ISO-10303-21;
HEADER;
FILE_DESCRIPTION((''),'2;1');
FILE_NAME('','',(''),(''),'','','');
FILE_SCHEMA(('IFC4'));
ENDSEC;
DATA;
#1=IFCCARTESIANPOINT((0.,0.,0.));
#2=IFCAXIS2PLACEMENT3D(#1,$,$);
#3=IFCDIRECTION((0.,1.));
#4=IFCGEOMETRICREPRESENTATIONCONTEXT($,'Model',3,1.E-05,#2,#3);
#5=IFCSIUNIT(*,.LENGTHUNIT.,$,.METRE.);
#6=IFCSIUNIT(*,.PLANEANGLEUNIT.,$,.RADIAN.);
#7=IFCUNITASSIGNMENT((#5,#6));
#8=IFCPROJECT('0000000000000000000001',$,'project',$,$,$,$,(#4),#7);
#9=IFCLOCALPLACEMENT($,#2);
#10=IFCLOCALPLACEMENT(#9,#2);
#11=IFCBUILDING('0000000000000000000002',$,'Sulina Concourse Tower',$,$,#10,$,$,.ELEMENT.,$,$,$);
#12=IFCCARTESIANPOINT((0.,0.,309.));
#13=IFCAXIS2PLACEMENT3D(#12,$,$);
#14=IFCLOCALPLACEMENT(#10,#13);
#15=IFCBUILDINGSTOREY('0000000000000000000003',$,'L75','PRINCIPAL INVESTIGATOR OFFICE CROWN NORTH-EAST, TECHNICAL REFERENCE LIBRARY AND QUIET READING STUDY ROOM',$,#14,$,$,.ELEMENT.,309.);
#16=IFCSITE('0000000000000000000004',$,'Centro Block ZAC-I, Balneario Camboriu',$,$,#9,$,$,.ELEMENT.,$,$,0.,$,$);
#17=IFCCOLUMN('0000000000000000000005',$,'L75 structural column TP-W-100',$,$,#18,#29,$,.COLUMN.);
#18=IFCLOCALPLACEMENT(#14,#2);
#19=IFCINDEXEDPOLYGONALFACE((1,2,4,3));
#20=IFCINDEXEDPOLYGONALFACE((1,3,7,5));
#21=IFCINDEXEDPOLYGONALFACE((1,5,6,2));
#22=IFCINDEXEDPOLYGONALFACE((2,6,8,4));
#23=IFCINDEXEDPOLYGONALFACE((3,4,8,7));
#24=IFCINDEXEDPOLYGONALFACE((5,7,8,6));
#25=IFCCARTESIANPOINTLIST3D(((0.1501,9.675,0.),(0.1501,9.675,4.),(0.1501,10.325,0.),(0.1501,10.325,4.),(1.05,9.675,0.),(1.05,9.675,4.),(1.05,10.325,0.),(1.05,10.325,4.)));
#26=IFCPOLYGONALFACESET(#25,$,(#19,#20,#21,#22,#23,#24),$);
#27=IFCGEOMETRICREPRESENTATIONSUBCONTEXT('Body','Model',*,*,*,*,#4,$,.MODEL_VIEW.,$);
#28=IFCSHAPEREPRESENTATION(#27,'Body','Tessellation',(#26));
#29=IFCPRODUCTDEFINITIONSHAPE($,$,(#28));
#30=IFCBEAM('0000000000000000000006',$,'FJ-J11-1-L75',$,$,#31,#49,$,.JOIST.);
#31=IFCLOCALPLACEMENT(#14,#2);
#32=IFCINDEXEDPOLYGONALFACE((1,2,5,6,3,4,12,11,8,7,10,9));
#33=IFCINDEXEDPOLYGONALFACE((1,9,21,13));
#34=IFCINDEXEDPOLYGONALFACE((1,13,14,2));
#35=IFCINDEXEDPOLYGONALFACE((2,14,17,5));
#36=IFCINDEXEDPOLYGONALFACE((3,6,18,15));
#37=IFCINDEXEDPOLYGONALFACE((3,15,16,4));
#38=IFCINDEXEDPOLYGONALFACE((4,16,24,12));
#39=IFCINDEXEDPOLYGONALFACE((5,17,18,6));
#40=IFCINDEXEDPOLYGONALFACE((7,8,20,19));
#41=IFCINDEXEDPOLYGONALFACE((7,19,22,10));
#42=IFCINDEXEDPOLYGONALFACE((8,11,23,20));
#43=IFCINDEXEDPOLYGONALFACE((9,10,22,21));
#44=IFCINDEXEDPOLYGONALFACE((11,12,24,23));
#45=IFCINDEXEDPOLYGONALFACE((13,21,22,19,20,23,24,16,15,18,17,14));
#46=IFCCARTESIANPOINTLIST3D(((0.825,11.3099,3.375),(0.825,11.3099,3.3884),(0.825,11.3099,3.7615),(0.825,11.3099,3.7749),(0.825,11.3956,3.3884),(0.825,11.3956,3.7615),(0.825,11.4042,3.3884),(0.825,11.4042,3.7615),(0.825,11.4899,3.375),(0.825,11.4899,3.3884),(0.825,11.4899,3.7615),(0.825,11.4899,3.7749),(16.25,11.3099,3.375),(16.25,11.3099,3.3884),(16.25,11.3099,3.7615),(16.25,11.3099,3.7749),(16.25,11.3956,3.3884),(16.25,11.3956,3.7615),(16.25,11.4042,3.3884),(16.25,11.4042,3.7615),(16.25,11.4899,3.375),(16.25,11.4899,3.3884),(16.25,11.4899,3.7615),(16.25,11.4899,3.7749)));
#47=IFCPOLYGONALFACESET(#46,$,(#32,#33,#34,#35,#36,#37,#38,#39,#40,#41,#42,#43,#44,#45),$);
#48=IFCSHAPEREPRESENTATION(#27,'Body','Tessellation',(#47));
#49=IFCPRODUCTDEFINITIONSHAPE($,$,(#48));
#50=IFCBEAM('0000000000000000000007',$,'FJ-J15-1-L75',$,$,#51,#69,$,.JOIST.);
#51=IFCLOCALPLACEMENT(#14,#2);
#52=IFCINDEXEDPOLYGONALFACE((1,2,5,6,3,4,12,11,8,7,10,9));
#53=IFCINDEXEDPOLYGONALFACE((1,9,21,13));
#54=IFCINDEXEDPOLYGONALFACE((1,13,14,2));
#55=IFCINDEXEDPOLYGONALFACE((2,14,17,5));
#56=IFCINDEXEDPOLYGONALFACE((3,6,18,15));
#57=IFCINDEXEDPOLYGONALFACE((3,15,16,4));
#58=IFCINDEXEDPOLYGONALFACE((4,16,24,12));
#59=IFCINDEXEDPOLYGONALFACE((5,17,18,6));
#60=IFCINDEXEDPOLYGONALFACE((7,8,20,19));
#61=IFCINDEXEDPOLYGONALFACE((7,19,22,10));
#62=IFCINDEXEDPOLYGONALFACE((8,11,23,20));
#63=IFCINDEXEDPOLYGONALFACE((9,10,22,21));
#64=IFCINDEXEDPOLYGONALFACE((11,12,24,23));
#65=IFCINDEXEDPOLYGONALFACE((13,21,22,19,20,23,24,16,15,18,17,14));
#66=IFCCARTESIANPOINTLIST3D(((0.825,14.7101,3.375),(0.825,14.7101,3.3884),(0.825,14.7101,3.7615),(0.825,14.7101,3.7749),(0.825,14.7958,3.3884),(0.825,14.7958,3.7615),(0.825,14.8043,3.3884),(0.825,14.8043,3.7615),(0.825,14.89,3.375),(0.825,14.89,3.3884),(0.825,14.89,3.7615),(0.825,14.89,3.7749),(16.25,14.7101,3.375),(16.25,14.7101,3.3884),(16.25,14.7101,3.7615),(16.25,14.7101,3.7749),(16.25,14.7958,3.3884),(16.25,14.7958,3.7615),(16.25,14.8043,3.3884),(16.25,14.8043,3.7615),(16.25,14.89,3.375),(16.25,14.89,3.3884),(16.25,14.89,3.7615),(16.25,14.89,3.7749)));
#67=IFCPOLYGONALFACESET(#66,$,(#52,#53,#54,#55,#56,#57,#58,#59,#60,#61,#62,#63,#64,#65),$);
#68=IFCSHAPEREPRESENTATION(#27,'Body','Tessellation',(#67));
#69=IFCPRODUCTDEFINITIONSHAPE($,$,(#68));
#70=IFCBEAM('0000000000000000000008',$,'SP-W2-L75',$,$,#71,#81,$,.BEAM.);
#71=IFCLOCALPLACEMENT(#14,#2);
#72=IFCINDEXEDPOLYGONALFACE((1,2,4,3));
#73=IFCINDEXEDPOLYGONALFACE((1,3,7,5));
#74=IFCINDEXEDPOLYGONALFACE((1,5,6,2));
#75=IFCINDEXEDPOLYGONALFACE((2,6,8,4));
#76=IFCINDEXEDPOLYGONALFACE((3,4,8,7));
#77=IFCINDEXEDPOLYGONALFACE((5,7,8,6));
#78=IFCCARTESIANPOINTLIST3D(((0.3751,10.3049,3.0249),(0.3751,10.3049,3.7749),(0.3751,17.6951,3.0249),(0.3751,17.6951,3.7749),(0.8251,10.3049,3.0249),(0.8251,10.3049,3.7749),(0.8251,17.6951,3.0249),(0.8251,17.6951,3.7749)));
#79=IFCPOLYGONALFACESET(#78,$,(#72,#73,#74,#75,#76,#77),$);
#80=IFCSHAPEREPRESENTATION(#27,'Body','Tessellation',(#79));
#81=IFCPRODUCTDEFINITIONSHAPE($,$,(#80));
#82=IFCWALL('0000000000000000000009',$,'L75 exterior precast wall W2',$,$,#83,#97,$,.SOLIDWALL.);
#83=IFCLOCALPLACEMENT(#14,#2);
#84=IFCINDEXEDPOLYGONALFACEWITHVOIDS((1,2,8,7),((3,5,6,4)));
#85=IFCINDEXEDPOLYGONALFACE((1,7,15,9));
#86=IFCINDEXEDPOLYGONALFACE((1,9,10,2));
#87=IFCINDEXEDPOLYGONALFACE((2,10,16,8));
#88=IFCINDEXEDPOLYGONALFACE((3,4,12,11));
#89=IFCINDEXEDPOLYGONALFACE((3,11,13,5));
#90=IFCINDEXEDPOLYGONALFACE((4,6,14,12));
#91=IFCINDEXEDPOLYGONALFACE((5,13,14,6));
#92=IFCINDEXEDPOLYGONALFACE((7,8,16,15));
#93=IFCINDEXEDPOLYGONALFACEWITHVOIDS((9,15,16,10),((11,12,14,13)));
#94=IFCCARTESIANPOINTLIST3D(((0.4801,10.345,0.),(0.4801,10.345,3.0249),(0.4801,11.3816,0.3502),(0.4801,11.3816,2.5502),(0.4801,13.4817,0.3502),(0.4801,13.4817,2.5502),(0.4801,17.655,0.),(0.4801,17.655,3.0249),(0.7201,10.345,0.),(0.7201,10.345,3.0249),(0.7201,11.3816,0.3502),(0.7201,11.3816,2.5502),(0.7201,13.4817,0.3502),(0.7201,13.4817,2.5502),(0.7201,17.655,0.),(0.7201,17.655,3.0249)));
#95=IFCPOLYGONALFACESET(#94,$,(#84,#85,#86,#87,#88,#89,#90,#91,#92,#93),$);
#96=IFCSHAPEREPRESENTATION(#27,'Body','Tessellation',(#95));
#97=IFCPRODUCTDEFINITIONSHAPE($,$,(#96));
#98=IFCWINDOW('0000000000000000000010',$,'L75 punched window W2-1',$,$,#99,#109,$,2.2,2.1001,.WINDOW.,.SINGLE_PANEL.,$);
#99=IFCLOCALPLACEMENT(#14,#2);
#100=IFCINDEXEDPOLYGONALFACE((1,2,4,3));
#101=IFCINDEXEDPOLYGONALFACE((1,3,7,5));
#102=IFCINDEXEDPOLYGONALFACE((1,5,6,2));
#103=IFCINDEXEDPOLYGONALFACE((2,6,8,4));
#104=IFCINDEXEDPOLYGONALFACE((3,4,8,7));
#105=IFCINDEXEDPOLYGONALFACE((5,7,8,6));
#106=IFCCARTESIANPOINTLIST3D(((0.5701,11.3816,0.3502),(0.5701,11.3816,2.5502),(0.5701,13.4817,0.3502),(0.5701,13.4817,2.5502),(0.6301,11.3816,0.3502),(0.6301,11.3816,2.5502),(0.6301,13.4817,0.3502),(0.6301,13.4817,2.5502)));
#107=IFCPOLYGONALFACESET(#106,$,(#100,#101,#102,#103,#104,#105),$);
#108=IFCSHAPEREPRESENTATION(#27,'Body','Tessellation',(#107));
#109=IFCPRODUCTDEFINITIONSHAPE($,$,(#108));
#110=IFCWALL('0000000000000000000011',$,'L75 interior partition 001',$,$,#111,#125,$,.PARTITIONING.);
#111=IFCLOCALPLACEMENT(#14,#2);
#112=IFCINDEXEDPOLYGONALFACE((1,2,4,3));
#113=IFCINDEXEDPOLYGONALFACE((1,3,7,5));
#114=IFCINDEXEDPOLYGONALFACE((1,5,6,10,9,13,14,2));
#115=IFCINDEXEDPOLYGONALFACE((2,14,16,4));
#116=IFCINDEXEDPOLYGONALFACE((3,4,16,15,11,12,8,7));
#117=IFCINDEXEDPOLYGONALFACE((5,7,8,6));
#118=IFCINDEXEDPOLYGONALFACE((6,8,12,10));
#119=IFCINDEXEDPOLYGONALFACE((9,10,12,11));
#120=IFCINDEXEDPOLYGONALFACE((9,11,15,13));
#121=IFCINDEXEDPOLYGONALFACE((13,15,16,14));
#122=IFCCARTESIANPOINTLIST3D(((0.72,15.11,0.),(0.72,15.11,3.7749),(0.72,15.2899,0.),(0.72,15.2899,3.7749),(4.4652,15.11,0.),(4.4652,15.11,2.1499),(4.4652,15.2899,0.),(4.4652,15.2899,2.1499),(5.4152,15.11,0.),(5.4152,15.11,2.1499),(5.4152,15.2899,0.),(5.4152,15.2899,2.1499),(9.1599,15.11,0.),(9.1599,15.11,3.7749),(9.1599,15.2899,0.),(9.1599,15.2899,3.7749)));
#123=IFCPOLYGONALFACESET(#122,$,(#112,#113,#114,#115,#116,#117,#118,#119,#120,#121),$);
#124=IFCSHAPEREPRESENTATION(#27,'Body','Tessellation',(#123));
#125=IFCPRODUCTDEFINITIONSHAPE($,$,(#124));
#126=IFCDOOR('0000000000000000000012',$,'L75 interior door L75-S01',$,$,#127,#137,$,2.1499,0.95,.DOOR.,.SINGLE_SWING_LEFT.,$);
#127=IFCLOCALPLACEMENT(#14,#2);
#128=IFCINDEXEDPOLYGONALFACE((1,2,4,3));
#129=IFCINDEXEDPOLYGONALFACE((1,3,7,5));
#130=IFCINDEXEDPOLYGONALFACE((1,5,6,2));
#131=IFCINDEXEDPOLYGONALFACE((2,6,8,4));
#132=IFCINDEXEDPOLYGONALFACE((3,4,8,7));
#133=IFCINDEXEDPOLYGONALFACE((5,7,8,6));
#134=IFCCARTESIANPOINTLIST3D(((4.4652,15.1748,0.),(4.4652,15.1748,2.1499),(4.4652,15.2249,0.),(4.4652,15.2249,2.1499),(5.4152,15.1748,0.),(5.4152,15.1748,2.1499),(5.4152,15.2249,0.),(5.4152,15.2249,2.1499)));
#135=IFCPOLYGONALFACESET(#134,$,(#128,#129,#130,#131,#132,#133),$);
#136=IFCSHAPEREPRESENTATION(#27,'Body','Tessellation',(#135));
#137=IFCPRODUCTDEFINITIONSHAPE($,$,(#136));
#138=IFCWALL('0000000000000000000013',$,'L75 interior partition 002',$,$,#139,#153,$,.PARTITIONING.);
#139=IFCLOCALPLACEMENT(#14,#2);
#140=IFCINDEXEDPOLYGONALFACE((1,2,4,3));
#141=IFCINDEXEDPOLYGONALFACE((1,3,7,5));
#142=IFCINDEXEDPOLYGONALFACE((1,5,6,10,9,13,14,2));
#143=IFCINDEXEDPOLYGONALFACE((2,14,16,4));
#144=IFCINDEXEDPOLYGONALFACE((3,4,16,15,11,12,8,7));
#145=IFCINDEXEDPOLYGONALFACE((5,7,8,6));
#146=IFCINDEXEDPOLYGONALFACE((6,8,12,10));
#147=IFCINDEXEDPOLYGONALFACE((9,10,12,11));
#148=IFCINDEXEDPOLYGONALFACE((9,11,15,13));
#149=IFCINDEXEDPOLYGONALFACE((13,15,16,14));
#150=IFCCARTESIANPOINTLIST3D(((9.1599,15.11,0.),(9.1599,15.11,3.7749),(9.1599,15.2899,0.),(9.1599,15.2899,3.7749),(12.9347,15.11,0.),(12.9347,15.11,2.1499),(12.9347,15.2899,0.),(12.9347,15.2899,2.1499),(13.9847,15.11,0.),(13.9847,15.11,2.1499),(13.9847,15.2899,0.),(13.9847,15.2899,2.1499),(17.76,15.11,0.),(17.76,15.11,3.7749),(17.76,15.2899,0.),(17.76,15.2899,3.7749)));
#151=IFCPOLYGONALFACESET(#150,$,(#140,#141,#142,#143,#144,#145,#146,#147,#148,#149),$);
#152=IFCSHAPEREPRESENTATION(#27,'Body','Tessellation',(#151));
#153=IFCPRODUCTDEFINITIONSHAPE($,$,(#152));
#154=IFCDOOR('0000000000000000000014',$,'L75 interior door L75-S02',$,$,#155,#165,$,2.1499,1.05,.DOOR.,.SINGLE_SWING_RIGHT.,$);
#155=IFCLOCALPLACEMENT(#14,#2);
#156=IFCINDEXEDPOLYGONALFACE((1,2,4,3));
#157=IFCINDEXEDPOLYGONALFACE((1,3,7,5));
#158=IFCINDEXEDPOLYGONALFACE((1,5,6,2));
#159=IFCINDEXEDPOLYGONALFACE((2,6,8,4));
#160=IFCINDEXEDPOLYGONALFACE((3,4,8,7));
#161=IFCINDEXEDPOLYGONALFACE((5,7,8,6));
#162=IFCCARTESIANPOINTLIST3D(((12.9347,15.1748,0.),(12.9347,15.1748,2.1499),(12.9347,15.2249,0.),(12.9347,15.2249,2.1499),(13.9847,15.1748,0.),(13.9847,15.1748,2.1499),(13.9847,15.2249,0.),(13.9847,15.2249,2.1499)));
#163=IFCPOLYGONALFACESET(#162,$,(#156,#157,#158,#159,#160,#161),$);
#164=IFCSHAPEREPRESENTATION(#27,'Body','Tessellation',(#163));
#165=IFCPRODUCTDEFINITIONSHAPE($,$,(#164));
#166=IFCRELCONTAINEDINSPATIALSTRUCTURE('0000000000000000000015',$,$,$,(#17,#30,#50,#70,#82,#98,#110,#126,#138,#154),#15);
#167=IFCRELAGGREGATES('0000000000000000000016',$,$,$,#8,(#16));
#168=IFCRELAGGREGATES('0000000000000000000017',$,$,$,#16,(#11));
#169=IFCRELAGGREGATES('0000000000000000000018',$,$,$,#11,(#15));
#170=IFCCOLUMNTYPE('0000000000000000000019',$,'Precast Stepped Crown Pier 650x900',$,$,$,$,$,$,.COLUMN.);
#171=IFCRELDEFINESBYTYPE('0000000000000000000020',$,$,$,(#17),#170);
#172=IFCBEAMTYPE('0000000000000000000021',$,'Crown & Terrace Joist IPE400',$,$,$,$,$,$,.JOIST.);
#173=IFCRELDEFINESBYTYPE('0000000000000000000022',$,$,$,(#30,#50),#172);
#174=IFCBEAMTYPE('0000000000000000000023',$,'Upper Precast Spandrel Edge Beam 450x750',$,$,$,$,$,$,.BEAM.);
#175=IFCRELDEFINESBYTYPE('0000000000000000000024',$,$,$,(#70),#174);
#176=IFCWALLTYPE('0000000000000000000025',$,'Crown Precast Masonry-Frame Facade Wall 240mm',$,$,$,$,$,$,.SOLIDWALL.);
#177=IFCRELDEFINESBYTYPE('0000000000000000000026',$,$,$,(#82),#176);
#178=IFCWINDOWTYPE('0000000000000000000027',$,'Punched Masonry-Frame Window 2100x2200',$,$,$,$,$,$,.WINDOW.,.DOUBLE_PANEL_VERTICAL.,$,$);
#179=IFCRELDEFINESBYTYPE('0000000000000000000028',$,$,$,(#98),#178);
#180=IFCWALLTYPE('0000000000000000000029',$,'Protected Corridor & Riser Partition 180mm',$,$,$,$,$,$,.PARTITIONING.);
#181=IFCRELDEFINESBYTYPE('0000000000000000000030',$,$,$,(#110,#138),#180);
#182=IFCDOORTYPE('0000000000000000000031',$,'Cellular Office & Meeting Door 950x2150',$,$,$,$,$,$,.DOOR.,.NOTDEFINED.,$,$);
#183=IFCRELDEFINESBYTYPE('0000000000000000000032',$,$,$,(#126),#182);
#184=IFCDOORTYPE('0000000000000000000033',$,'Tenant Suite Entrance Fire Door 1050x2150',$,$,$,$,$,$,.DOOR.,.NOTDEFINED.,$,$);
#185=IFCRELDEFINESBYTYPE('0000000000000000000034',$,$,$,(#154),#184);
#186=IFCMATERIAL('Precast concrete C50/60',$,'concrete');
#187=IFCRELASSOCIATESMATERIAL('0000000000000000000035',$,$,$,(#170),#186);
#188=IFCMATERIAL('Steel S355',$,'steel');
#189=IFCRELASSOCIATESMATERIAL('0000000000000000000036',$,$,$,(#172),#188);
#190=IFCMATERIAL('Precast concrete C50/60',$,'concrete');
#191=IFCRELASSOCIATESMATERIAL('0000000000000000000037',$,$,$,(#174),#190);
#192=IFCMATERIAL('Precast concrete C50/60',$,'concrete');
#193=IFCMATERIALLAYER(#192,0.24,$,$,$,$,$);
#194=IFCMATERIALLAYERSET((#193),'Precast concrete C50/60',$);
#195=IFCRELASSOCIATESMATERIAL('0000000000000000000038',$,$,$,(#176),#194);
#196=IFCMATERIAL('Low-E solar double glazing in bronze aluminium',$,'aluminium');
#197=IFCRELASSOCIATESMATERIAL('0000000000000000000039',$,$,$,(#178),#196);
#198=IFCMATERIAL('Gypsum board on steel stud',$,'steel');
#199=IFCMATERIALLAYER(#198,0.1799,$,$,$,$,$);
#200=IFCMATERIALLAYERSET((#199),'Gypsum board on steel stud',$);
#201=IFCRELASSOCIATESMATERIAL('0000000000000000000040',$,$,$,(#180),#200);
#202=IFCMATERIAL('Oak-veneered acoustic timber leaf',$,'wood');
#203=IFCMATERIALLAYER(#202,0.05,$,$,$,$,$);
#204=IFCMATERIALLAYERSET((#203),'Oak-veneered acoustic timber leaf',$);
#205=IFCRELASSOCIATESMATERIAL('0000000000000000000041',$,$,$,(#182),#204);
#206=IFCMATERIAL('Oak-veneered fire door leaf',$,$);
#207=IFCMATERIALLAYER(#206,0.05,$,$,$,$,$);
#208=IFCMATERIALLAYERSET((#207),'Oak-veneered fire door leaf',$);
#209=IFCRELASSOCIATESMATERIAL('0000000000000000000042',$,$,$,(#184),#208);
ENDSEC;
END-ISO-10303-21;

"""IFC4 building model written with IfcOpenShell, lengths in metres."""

from ifc_helpers import new_model, si_unit, direction, frame, frame_2d, origin, origin_2d, place, context, subcontext, project, spatial, rectangle, i_section, extrude, material, layer, layer_set, material_profile, profile_set, type_object, element, fill, save


model = new_model("IFC4")

# Units and contexts
model_context = context("Model", 3, precision=1e-05, world=origin(), true_north=direction((0.0, 1.0)))
body_context = subcontext(model_context, "Body", "Model", "MODEL_VIEW")
ifc_project = project(units=[si_unit("LENGTHUNIT", "METRE"), si_unit("PLANEANGLEUNIT", "RADIAN")], contexts=[model_context])

# Site, building, storey
site_placement = place(None, origin())
site = spatial("IfcSite", under=ifc_project, at=site_placement, Name="Centro Block ZAC-I, Balneario Camboriu", CompositionType="ELEMENT", RefElevation=0.0)
building_placement = place(site_placement, origin())
building = spatial("IfcBuilding", under=site, at=building_placement, Name="Sulina Concourse Tower", CompositionType="ELEMENT")
storey_placement = place(building_placement, frame((0.0, 0.0, 309.0)))
storey = spatial("IfcBuildingStorey", under=building, at=storey_placement, Name="L75", Description="PRINCIPAL INVESTIGATOR OFFICE CROWN NORTH-EAST, TECHNICAL REFERENCE LIBRARY AND QUIET READING STUDY ROOM", CompositionType="ELEMENT", Elevation=309.0)

# Column
ifc_material_1 = material(Name="Precast concrete C50/60", Category="concrete")
ifc_material_profile_1 = material_profile(ifc_material_1, rectangle(XDim=0.6499, YDim=0.8999, at=origin_2d()), Name="PC 650x900")
ifc_profile_set_1 = profile_set([ifc_material_profile_1], Name="Precast concrete C50/60")
column_type = type_object("IfcColumnType", Name="Precast Stepped Crown Pier 650x900", PredefinedType="COLUMN", material=ifc_profile_set_1)
column_placement = place(storey_placement, frame((0.6001, 10.0, 0.0), z_axis=(0.0, 0.0, 1.0), x_axis=(0.0, 1.0, 0.0)))
element("IfcColumn", 1, at=column_placement, inside=storey, type_object=column_type, Name="L75 structural column TP-W-100", PredefinedType="COLUMN", context=body_context, shape_type="SweptSolid", body=[
    extrude(rectangle(XDim=0.6499, YDim=0.8999, at=origin_2d()), origin(), (0.0, 0.0, 1.0), 4.0),
])

# Beams
ifc_material_2 = material(Name="Steel S355", Category="steel")
ifc_material_profile_2 = material_profile(ifc_material_2, i_section(OverallWidth=0.1799, OverallDepth=0.3999, WebThickness=0.0085, FlangeThickness=0.0134, at=origin_2d()), Name="IPE 400")
ifc_profile_set_2 = profile_set([ifc_material_profile_2], Name="Steel S355")
beam_type_1 = type_object("IfcBeamType", Name="Crown & Terrace Joist IPE400", PredefinedType="JOIST", material=ifc_profile_set_2)
for number, where, z_axis, x_axis, name in (
    (2, (0.825, 11.3999, 3.575), (1.0, 0.0, 0.0), (0.0, 1.0, 0.0), "FJ-J11-1-L75"),
    (3, (0.825, 14.8, 3.575), (1.0, 0.0, 0.0), (0.0, 1.0, 0.0), "FJ-J15-1-L75"),
):
    element("IfcBeam", number, at=place(storey_placement, frame(where, z_axis=z_axis, x_axis=x_axis)), inside=storey, type_object=beam_type_1, Name=name, PredefinedType="JOIST", context=body_context, shape_type="SweptSolid", body=[
        extrude(i_section(OverallWidth=0.1799, OverallDepth=0.3999, WebThickness=0.0085, FlangeThickness=0.0134, at=origin_2d()), origin(), (0.0, 0.0, 1.0), 15.425),
    ])
ifc_material_3 = material(Name="Precast concrete C50/60", Category="concrete")
ifc_material_profile_3 = material_profile(ifc_material_3, rectangle(XDim=0.45, YDim=0.75, at=origin_2d()), Name="RC 450x750")
ifc_profile_set_3 = profile_set([ifc_material_profile_3], Name="Precast concrete C50/60")
beam_type_2 = type_object("IfcBeamType", Name="Upper Precast Spandrel Edge Beam 450x750", PredefinedType="BEAM", material=ifc_profile_set_3)
beam_placement = place(storey_placement, frame((0.6001, 10.3049, 3.3999), z_axis=(0.0, 1.0, 0.0), x_axis=(-1.0, 0.0, 0.0)))
element("IfcBeam", 4, at=beam_placement, inside=storey, type_object=beam_type_2, Name="SP-W2-L75", PredefinedType="BEAM", context=body_context, shape_type="SweptSolid", body=[
    extrude(rectangle(XDim=0.45, YDim=0.75, at=origin_2d()), origin(), (0.0, 0.0, 1.0), 7.3901),
])

# Wall, opening, window
ifc_material_4 = material(Name="Precast concrete C50/60", Category="concrete")
ifc_layer_1 = layer(ifc_material_4, 0.24)
ifc_layer_set_1 = layer_set([ifc_layer_1], Name="Precast concrete C50/60")
wall_type_1 = type_object("IfcWallType", Name="Crown Precast Masonry-Frame Facade Wall 240mm", PredefinedType="SOLIDWALL", material=ifc_layer_set_1)
wall_1_placement = place(storey_placement, frame((0.6001, 10.345, 0.0), z_axis=(0.0, 0.0, 1.0), x_axis=(0.0, 1.0, 0.0)))
wall_1 = element("IfcWall", 5, at=wall_1_placement, inside=storey, type_object=wall_type_1, Name="L75 exterior precast wall W2", PredefinedType="SOLIDWALL", context=body_context, shape_type="SweptSolid", body=[
    extrude(rectangle(XDim=7.3101, YDim=0.24, at=frame_2d((3.655, 0.0))), origin(), (0.0, 0.0, 1.0), 3.0249),
])
opening_1_placement = place(wall_1_placement, frame((1.0366, 0.0, 0.3501)))
opening_1 = element("IfcOpeningElement", 6, at=opening_1_placement, cuts=wall_1, PredefinedType="OPENING", context=body_context, shape_type="SweptSolid", body=[
    extrude(rectangle(XDim=2.1001, YDim=2.2, at=frame_2d((1.05, 1.1001))), frame((0.0, 0.1299, 0.0), z_axis=(0.0, -1.0, 0.0), x_axis=(1.0, 0.0, 0.0)), (0.0, 0.0, 1.0), 0.26),
])
ifc_material_5 = material(Name="Low-E solar double glazing in bronze aluminium", Category="aluminium")
window_type = type_object("IfcWindowType", Name="Punched Masonry-Frame Window 2100x2200", PartitioningType="DOUBLE_PANEL_VERTICAL", PredefinedType="WINDOW", material=ifc_material_5)
window_placement = place(opening_1_placement, origin())
window = element("IfcWindow", 7, at=window_placement, inside=storey, type_object=window_type, Name="L75 punched window W2-1", OverallHeight=2.2, OverallWidth=2.1001, PartitioningType="SINGLE_PANEL", PredefinedType="WINDOW", context=body_context, shape_type="SweptSolid", body=[
    extrude(rectangle(XDim=2.1001, YDim=2.2, at=frame_2d((1.05, 1.1001))), frame((0.0, 0.03, 0.0), z_axis=(0.0, -1.0, 0.0), x_axis=(1.0, 0.0, 0.0)), (0.0, 0.0, 1.0), 0.0601),
])
fill(opening_1, window)

# Walls, openings, doors
ifc_material_6 = material(Name="Gypsum board on steel stud", Category="steel")
ifc_layer_2 = layer(ifc_material_6, 0.1799)
ifc_layer_set_2 = layer_set([ifc_layer_2], Name="Gypsum board on steel stud")
wall_type_2 = type_object("IfcWallType", Name="Protected Corridor & Riser Partition 180mm", PredefinedType="PARTITIONING", material=ifc_layer_set_2)
wall_2_placement = place(storey_placement, frame((0.72, 15.2, 0.0), z_axis=(0.0, 0.0, 1.0), x_axis=(1.0, 0.0, 0.0)))
wall_2 = element("IfcWall", 8, at=wall_2_placement, inside=storey, type_object=wall_type_2, Name="L75 interior partition 001", PredefinedType="PARTITIONING", context=body_context, shape_type="SweptSolid", body=[
    extrude(rectangle(XDim=8.4399, YDim=0.1799, at=frame_2d((4.22, 0.0))), origin(), (0.0, 0.0, 1.0), 3.7749),
])
opening_2_placement = place(wall_2_placement, frame((3.7451, 0.0, 0.0)))
opening_2 = element("IfcOpeningElement", 9, at=opening_2_placement, cuts=wall_2, PredefinedType="OPENING", context=body_context, shape_type="SweptSolid", body=[
    extrude(rectangle(XDim=0.95, YDim=2.1499, at=frame_2d((0.4751, 1.075))), frame((0.0, 0.0999, 0.0), z_axis=(0.0, -1.0, 0.0), x_axis=(1.0, 0.0, 0.0)), (0.0, 0.0, 1.0), 0.2),
])
ifc_material_7 = material(Name="Oak-veneered acoustic timber leaf", Category="wood")
ifc_layer_3 = layer(ifc_material_7, 0.05)
ifc_layer_set_3 = layer_set([ifc_layer_3], Name="Oak-veneered acoustic timber leaf")
door_type_1 = type_object("IfcDoorType", Name="Cellular Office & Meeting Door 950x2150", OperationType="NOTDEFINED", PredefinedType="DOOR", material=ifc_layer_set_3)
door_1_placement = place(opening_2_placement, origin())
door_1 = element("IfcDoor", 10, at=door_1_placement, inside=storey, type_object=door_type_1, Name="L75 interior door L75-S01", OperationType="SINGLE_SWING_LEFT", OverallHeight=2.1499, OverallWidth=0.95, PredefinedType="DOOR", context=body_context, shape_type="SweptSolid", body=[
    extrude(rectangle(XDim=0.95, YDim=2.1499, at=frame_2d((0.4751, 1.075))), frame((0.0, 0.0249, 0.0), z_axis=(0.0, -1.0, 0.0), x_axis=(1.0, 0.0, 0.0)), (0.0, 0.0, 1.0), 0.05),
])
fill(opening_2, door_1)
wall_3_placement = place(storey_placement, frame((9.1599, 15.2, 0.0), z_axis=(0.0, 0.0, 1.0), x_axis=(1.0, 0.0, 0.0)))
wall_3 = element("IfcWall", 11, at=wall_3_placement, inside=storey, type_object=wall_type_2, Name="L75 interior partition 002", PredefinedType="PARTITIONING", context=body_context, shape_type="SweptSolid", body=[
    extrude(rectangle(XDim=8.6001, YDim=0.1799, at=frame_2d((4.3, 0.0))), origin(), (0.0, 0.0, 1.0), 3.7749),
])
opening_3_placement = place(wall_3_placement, frame((3.7749, 0.0, 0.0)))
opening_3 = element("IfcOpeningElement", 12, at=opening_3_placement, cuts=wall_3, PredefinedType="OPENING", context=body_context, shape_type="SweptSolid", body=[
    extrude(rectangle(XDim=1.05, YDim=2.1499, at=frame_2d((0.5249, 1.075))), frame((0.0, 0.0999, 0.0), z_axis=(0.0, -1.0, 0.0), x_axis=(1.0, 0.0, 0.0)), (0.0, 0.0, 1.0), 0.2),
])
ifc_material_8 = material(Name="Oak-veneered fire door leaf")
ifc_layer_4 = layer(ifc_material_8, 0.05)
ifc_layer_set_4 = layer_set([ifc_layer_4], Name="Oak-veneered fire door leaf")
door_type_2 = type_object("IfcDoorType", Name="Tenant Suite Entrance Fire Door 1050x2150", OperationType="NOTDEFINED", PredefinedType="DOOR", material=ifc_layer_set_4)
door_2_placement = place(opening_3_placement, origin())
door_2 = element("IfcDoor", 13, at=door_2_placement, inside=storey, type_object=door_type_2, Name="L75 interior door L75-S02", OperationType="SINGLE_SWING_RIGHT", OverallHeight=2.1499, OverallWidth=1.05, PredefinedType="DOOR", context=body_context, shape_type="SweptSolid", body=[
    extrude(rectangle(XDim=1.05, YDim=2.1499, at=frame_2d((0.5249, 1.075))), frame((0.0, 0.0249, 0.0), z_axis=(0.0, -1.0, 0.0), x_axis=(1.0, 0.0, 0.0)), (0.0, 0.0, 1.0), 0.05),
])
fill(opening_3, door_2)

save(model, "model.ifc")
